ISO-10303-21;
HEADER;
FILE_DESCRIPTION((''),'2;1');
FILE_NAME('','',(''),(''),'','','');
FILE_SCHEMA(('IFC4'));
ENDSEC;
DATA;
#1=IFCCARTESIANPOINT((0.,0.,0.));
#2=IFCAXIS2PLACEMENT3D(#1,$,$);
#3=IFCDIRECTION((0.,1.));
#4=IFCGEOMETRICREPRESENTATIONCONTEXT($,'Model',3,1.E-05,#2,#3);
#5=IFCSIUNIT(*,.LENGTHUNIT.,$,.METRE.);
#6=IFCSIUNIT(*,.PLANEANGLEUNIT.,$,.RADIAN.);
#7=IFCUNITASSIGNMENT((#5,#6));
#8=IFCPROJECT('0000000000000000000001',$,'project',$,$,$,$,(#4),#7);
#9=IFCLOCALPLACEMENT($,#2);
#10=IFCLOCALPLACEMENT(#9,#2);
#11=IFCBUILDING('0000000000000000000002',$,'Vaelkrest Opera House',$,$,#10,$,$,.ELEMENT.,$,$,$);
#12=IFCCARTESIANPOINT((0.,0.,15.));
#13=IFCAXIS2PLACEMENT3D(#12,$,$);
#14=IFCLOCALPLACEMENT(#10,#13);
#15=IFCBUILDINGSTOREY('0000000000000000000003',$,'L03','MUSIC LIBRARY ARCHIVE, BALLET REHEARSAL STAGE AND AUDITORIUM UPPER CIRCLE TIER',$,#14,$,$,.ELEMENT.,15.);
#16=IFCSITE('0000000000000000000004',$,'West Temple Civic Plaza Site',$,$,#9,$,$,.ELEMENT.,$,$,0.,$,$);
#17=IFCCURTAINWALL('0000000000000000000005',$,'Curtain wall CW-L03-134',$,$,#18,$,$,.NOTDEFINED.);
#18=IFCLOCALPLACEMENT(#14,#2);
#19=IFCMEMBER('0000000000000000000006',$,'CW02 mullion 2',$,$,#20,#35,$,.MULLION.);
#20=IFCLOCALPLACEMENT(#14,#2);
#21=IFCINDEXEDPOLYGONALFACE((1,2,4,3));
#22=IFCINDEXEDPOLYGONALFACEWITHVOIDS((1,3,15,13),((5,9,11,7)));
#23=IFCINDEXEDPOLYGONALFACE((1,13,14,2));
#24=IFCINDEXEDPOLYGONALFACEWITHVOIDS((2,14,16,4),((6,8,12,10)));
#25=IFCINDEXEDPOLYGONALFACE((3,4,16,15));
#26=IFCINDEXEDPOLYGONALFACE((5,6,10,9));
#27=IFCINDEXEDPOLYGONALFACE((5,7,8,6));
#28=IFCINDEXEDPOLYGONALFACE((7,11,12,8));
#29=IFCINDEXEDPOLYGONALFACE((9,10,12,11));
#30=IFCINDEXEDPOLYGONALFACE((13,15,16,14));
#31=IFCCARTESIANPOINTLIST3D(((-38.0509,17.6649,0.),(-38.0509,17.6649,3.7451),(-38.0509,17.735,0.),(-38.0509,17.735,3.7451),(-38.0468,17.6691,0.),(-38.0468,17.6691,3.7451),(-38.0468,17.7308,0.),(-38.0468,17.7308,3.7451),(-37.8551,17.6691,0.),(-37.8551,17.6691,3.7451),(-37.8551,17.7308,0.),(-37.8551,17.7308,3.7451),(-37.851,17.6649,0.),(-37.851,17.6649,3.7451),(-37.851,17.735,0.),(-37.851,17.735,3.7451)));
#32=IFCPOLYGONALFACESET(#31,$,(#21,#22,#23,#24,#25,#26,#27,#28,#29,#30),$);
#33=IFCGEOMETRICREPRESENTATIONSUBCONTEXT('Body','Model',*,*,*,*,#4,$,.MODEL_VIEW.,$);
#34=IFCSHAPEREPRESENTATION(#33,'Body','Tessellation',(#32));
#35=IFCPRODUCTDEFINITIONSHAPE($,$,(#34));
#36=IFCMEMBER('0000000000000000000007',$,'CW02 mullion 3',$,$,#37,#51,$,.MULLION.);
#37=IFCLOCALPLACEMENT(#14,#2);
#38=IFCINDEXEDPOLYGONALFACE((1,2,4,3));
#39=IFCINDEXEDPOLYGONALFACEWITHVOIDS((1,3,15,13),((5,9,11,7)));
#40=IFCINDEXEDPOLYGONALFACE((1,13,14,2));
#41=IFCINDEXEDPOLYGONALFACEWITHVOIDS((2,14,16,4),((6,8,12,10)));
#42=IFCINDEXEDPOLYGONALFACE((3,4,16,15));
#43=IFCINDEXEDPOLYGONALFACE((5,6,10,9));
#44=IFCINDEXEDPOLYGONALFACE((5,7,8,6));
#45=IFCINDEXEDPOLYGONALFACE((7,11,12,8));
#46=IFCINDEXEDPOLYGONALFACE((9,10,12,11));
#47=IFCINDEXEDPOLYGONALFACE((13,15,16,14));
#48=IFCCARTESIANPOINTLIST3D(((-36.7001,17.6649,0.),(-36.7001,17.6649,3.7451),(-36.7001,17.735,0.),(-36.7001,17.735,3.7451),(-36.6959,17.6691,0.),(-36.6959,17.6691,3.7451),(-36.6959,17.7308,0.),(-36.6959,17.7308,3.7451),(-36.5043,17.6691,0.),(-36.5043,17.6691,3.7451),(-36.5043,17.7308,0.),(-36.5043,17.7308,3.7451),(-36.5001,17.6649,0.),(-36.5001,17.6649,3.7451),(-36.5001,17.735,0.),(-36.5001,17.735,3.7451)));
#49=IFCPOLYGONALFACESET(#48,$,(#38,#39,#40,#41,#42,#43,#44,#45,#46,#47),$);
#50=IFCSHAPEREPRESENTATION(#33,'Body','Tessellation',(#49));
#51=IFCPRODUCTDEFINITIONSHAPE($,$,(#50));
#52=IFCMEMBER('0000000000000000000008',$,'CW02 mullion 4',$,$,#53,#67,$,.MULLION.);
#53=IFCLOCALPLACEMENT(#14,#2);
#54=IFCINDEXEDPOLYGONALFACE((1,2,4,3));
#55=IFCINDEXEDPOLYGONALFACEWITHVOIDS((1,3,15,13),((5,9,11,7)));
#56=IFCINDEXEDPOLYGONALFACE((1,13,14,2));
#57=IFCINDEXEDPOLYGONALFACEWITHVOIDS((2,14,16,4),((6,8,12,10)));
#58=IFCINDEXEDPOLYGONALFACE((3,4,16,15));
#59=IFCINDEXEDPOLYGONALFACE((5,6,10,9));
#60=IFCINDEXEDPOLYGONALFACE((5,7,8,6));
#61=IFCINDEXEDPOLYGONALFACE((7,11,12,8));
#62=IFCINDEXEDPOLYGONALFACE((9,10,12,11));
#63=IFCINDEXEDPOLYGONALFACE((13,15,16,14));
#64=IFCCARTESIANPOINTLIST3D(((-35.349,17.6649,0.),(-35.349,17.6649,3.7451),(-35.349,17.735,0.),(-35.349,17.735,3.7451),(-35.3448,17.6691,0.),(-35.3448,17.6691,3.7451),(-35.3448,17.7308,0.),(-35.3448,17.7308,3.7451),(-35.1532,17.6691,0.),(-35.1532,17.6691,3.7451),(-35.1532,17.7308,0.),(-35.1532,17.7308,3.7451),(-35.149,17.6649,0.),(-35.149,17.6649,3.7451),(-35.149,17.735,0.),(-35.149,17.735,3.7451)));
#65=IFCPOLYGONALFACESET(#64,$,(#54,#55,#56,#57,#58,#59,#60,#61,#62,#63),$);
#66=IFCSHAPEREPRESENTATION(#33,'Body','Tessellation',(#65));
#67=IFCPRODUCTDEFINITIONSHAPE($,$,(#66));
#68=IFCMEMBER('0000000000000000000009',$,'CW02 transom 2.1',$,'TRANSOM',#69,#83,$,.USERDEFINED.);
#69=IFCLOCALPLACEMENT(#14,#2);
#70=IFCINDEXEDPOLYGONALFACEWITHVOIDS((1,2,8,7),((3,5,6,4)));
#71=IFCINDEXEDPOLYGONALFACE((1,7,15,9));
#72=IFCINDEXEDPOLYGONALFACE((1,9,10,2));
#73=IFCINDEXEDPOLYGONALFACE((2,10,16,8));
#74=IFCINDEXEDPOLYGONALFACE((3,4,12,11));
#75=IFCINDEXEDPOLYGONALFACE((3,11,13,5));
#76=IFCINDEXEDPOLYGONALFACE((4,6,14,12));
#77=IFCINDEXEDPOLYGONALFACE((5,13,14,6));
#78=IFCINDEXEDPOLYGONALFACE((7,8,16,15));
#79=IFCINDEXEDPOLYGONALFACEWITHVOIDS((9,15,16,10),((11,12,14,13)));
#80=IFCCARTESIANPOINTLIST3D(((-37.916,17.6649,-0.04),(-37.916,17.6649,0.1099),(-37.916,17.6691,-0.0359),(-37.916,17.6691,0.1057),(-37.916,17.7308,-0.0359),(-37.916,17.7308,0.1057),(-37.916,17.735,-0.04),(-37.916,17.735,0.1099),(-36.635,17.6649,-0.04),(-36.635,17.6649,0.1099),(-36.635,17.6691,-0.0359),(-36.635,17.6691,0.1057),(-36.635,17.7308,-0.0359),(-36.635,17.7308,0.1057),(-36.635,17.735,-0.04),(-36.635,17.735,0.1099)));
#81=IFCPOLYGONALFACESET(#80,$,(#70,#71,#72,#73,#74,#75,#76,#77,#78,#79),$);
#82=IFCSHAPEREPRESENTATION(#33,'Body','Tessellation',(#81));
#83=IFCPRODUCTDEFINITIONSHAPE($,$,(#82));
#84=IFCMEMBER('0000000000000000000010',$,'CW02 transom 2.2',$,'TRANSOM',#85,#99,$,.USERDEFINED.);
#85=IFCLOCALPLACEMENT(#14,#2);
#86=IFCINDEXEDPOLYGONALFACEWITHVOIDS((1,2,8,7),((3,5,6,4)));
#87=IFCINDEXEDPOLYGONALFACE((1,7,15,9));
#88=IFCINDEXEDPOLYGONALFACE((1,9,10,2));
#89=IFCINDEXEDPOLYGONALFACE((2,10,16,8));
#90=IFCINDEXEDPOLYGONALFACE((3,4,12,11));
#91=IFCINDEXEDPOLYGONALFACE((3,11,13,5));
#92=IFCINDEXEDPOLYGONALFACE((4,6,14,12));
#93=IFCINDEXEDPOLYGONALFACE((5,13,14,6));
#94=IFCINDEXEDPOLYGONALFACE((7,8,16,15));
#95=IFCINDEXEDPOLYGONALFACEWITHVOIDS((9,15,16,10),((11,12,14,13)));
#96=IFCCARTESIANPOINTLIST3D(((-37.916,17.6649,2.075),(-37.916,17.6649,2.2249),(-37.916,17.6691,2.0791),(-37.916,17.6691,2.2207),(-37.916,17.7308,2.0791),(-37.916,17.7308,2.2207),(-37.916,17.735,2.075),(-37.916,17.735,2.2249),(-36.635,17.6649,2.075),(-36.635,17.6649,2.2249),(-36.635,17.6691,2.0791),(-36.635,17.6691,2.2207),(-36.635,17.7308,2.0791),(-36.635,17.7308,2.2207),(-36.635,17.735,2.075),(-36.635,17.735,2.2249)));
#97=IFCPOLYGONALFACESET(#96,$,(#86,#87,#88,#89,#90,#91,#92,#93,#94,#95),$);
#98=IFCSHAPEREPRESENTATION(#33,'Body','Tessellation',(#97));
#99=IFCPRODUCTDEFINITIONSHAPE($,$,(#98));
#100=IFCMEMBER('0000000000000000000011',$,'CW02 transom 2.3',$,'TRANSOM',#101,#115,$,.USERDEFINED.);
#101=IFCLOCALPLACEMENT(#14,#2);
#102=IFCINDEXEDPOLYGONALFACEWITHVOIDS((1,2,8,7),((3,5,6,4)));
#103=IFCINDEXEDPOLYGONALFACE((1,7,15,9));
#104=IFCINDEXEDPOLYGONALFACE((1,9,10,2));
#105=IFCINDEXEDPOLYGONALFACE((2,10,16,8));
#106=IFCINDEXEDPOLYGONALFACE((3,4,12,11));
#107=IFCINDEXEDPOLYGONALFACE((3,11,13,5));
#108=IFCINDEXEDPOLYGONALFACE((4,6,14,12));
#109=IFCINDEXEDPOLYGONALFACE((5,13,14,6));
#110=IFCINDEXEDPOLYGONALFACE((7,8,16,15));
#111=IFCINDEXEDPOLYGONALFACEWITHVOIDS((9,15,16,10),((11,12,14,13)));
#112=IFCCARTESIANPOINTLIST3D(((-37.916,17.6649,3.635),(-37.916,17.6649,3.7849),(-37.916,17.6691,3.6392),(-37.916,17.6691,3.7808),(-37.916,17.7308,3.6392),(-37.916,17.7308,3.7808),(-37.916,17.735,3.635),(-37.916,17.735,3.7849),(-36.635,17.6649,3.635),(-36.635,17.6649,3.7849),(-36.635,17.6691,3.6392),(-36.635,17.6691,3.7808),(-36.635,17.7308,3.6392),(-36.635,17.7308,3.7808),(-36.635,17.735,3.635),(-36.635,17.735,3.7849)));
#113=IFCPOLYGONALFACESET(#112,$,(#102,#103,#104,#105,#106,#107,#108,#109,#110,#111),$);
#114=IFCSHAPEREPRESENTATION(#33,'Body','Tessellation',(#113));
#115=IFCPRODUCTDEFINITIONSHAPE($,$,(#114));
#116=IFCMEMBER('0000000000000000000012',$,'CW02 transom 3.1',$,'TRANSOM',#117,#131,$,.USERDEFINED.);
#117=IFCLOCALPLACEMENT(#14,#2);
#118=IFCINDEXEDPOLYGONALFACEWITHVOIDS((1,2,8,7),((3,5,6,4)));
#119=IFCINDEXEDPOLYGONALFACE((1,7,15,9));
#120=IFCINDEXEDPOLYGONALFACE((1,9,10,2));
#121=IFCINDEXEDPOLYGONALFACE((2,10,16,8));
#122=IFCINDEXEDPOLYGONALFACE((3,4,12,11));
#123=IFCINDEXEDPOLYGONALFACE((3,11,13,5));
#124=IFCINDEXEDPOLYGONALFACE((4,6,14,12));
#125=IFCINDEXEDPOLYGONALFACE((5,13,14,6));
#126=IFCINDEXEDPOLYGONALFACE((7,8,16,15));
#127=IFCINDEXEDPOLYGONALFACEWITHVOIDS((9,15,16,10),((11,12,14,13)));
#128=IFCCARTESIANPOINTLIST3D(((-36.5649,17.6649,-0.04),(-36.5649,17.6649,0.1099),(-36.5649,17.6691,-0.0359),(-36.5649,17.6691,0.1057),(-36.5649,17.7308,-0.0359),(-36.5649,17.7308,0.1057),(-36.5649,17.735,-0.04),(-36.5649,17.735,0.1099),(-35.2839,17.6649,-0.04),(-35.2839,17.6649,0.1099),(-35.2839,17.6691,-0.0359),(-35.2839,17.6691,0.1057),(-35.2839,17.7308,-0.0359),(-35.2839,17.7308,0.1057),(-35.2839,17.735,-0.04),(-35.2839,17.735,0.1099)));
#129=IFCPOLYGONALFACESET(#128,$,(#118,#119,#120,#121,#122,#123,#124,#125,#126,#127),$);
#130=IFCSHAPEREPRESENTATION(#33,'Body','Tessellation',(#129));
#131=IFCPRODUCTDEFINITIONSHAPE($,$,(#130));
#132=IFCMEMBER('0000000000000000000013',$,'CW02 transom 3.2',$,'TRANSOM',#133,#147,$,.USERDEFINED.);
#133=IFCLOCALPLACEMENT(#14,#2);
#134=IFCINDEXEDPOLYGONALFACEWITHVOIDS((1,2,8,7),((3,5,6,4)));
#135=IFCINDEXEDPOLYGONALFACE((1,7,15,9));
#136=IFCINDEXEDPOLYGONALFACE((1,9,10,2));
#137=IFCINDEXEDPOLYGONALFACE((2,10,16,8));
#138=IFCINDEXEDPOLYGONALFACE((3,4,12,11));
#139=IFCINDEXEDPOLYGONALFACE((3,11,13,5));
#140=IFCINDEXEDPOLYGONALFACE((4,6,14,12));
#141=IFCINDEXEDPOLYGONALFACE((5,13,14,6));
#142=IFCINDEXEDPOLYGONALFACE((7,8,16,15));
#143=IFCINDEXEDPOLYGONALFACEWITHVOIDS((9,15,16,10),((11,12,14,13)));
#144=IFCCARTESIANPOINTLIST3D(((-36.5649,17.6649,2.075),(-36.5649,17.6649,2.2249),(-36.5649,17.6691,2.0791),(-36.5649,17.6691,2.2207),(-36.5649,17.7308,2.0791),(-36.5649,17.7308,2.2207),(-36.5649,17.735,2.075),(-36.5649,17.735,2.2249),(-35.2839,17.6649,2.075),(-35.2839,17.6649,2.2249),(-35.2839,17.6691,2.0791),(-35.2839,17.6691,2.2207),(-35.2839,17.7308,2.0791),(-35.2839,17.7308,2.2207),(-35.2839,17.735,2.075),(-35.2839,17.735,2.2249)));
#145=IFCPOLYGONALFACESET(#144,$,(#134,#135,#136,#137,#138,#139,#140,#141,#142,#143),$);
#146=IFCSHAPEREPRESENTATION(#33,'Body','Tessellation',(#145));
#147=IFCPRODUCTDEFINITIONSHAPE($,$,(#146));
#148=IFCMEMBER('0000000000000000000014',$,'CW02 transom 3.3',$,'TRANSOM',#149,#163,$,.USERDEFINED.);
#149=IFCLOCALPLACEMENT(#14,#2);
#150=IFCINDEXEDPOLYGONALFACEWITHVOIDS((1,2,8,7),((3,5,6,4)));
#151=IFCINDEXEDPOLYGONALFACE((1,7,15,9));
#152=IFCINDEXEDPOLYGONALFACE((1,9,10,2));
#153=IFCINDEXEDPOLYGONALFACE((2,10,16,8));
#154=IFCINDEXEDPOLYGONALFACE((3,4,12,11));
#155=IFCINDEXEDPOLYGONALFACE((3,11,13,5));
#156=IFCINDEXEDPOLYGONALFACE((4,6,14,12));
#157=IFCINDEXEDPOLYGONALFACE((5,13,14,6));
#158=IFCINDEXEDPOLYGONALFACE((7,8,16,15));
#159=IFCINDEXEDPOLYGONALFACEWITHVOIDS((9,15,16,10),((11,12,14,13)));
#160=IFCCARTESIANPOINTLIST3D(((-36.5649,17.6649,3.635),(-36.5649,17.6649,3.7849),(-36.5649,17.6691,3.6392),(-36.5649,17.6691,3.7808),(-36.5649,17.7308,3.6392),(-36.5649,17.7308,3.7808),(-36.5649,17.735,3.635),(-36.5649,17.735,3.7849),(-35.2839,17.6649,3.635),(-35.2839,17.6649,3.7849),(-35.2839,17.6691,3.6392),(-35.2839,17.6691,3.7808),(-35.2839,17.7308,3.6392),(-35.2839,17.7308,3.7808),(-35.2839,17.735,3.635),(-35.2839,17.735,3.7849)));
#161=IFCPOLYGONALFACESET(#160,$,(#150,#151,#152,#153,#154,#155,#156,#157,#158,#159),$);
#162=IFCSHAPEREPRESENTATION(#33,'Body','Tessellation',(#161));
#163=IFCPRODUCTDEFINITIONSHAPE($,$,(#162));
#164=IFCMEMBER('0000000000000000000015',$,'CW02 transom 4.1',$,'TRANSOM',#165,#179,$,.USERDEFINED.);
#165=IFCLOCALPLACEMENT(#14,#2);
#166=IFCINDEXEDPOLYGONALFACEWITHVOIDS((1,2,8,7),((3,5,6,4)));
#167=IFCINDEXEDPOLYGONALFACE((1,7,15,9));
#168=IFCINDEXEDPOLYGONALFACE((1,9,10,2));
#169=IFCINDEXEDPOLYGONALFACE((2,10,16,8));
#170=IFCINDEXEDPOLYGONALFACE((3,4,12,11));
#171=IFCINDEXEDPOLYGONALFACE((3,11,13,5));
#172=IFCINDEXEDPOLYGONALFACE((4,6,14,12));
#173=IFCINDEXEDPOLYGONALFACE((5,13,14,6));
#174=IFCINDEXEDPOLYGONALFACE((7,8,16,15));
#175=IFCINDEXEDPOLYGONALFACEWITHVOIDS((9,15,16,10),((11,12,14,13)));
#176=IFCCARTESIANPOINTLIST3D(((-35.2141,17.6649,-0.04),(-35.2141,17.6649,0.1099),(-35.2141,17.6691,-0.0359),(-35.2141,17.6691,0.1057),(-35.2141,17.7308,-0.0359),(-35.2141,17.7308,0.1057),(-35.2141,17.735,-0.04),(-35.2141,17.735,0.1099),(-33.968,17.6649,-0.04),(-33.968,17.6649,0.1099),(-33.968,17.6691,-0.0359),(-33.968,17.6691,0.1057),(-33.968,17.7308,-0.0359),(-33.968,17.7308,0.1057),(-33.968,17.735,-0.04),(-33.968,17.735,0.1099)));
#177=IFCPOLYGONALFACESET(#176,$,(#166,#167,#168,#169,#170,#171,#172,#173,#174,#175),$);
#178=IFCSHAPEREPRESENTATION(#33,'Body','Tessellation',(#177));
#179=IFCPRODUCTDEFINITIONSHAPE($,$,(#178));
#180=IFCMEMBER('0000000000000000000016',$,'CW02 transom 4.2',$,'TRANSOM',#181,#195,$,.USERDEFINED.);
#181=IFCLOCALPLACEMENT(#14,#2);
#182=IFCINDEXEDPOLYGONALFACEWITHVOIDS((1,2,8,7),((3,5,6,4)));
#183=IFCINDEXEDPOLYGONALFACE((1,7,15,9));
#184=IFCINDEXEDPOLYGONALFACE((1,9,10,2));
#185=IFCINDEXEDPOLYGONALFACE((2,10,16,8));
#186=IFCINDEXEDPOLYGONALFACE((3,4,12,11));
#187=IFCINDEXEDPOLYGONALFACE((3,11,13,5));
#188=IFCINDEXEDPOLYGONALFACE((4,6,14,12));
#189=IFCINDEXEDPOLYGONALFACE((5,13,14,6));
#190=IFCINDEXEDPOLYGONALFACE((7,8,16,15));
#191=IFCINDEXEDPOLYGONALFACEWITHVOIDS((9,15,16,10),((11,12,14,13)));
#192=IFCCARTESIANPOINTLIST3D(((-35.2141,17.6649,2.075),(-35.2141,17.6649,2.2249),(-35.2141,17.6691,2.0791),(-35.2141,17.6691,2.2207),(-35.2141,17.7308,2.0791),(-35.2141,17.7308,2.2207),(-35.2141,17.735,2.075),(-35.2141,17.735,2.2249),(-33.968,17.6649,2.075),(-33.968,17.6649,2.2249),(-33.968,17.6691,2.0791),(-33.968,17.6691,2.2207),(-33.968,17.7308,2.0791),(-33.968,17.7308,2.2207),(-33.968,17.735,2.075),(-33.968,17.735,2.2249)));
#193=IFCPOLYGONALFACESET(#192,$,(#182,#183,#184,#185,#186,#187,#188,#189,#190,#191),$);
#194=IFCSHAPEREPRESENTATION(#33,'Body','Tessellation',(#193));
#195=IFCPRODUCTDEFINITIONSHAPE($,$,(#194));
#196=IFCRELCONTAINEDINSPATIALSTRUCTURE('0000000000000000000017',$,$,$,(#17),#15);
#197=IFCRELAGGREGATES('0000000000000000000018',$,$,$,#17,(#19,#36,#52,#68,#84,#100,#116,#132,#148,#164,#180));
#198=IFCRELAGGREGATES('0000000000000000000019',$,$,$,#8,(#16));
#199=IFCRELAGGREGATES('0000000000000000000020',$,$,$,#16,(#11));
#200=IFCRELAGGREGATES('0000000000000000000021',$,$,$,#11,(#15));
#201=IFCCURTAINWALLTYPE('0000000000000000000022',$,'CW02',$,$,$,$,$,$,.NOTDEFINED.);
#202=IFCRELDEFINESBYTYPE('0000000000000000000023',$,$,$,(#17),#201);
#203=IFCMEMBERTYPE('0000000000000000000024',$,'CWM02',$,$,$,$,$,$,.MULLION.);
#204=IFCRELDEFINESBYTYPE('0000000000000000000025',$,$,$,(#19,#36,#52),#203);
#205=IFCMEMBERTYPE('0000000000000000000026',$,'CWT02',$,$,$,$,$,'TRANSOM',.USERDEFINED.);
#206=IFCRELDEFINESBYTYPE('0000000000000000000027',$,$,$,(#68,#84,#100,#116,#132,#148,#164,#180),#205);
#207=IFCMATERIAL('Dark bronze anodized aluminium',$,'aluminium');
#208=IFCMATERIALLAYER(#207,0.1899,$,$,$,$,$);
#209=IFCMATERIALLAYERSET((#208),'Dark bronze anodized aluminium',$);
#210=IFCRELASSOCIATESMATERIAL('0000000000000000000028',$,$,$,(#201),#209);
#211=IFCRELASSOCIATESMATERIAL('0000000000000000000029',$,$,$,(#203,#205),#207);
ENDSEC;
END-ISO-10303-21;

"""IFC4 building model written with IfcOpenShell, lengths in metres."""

from ifc_helpers import new_model, si_unit, direction, frame, origin, origin_2d, place, context, subcontext, project, spatial, hollow_rectangle, extrude, material, layer, layer_set, material_profile, profile_set, type_object, element, aggregate, save


model = new_model("IFC4")

# Units and contexts
model_context = context("Model", 3, precision=1e-05, world=origin(), true_north=direction((0.0, 1.0)))
body_context = subcontext(model_context, "Body", "Model", "MODEL_VIEW")
ifc_project = project(units=[si_unit("LENGTHUNIT", "METRE"), si_unit("PLANEANGLEUNIT", "RADIAN")], contexts=[model_context])

# Site, building, storey
site_placement = place(None, origin())
site = spatial("IfcSite", under=ifc_project, at=site_placement, Name="West Temple Civic Plaza Site", CompositionType="ELEMENT", RefElevation=0.0)
building_placement = place(site_placement, origin())
building = spatial("IfcBuilding", under=site, at=building_placement, Name="Vaelkrest Opera House", CompositionType="ELEMENT")
storey_placement = place(building_placement, frame((0.0, 0.0, 15.0)))
storey = spatial("IfcBuildingStorey", under=building, at=storey_placement, Name="L03", Description="MUSIC LIBRARY ARCHIVE, BALLET REHEARSAL STAGE AND AUDITORIUM UPPER CIRCLE TIER", CompositionType="ELEMENT", Elevation=15.0)

# Curtain wall, members
ifc_material_1 = material(Name="Dark bronze anodized aluminium", Category="aluminium")
ifc_layer_1 = layer(ifc_material_1, 0.1899)
ifc_layer_set_1 = layer_set([ifc_layer_1], Name="Dark bronze anodized aluminium")
curtain_wall_type = type_object("IfcCurtainWallType", Name="CW02", PredefinedType="NOTDEFINED", material=ifc_layer_set_1)
curtain_wall_placement = place(storey_placement, origin())
curtain_wall = element("IfcCurtainWall", 1, at=curtain_wall_placement, inside=storey, type_object=curtain_wall_type, Name="Curtain wall CW-L03-134", PredefinedType="NOTDEFINED")
ifc_material_profile_1 = material_profile(ifc_material_1, hollow_rectangle(XDim=0.0701, YDim=0.2, WallThickness=0.0042, at=origin_2d()), Name="CWM70X200")
ifc_profile_set_1 = profile_set([ifc_material_profile_1], Name="Dark bronze anodized aluminium")
member_type_1 = type_object("IfcMemberType", Name="CWM02", PredefinedType="MULLION", material=ifc_profile_set_1)
member_1_placement = place(storey_placement, frame((-37.9509, 17.7, 0.0), z_axis=(0.0, 0.0, 1.0), x_axis=(0.0, 1.0, 0.0)))
member_1 = element("IfcMember", 2, at=member_1_placement, type_object=member_type_1, Name="CW02 mullion 2", PredefinedType="MULLION", context=body_context, shape_type="SweptSolid", body=[
    extrude(hollow_rectangle(XDim=0.0701, YDim=0.2, WallThickness=0.0042, at=origin_2d()), origin(), (0.0, 0.0, 1.0), 3.7451),
])
member_2_placement = place(storey_placement, frame((-36.6001, 17.7, 0.0), z_axis=(0.0, 0.0, 1.0), x_axis=(0.0, 1.0, 0.0)))
member_2 = element("IfcMember", 3, at=member_2_placement, type_object=member_type_1, Name="CW02 mullion 3", PredefinedType="MULLION", context=body_context, shape_type="SweptSolid", body=[
    extrude(hollow_rectangle(XDim=0.0701, YDim=0.2, WallThickness=0.0042, at=origin_2d()), origin(), (0.0, 0.0, 1.0), 3.7451),
])
member_3_placement = place(storey_placement, frame((-35.249, 17.7, 0.0), z_axis=(0.0, 0.0, 1.0), x_axis=(0.0, 1.0, 0.0)))
member_3 = element("IfcMember", 4, at=member_3_placement, type_object=member_type_1, Name="CW02 mullion 4", PredefinedType="MULLION", context=body_context, shape_type="SweptSolid", body=[
    extrude(hollow_rectangle(XDim=0.0701, YDim=0.2, WallThickness=0.0042, at=origin_2d()), origin(), (0.0, 0.0, 1.0), 3.7451),
])
ifc_material_profile_2 = material_profile(ifc_material_1, hollow_rectangle(XDim=0.0701, YDim=0.1499, WallThickness=0.0042, at=origin_2d()), Name="CWT70X150")
ifc_profile_set_2 = profile_set([ifc_material_profile_2], Name="Dark bronze anodized aluminium")
member_type_2 = type_object("IfcMemberType", Name="CWT02", ElementType="TRANSOM", PredefinedType="USERDEFINED", material=ifc_profile_set_2)
member_4_placement = place(storey_placement, frame((-37.916, 17.7, 0.0349), z_axis=(1.0, 0.0, 0.0), x_axis=(0.0, 1.0, 0.0)))
member_4 = element("IfcMember", 5, at=member_4_placement, type_object=member_type_2, Name="CW02 transom 2.1", ObjectType="TRANSOM", PredefinedType="USERDEFINED", context=body_context, shape_type="SweptSolid", body=[
    extrude(hollow_rectangle(XDim=0.0701, YDim=0.1499, WallThickness=0.0042, at=origin_2d()), origin(), (0.0, 0.0, 1.0), 1.281),
])
member_5_placement = place(storey_placement, frame((-37.916, 17.7, 2.1499), z_axis=(1.0, 0.0, 0.0), x_axis=(0.0, 1.0, 0.0)))
member_5 = element("IfcMember", 6, at=member_5_placement, type_object=member_type_2, Name="CW02 transom 2.2", ObjectType="TRANSOM", PredefinedType="USERDEFINED", context=body_context, shape_type="SweptSolid", body=[
    extrude(hollow_rectangle(XDim=0.0701, YDim=0.1499, WallThickness=0.0042, at=origin_2d()), origin(), (0.0, 0.0, 1.0), 1.281),
])
member_6_placement = place(storey_placement, frame((-37.916, 17.7, 3.71), z_axis=(1.0, 0.0, 0.0), x_axis=(0.0, 1.0, 0.0)))
member_6 = element("IfcMember", 7, at=member_6_placement, type_object=member_type_2, Name="CW02 transom 2.3", ObjectType="TRANSOM", PredefinedType="USERDEFINED", context=body_context, shape_type="SweptSolid", body=[
    extrude(hollow_rectangle(XDim=0.0701, YDim=0.1499, WallThickness=0.0042, at=origin_2d()), origin(), (0.0, 0.0, 1.0), 1.281),
])
member_7_placement = place(storey_placement, frame((-36.5649, 17.7, 0.0349), z_axis=(1.0, 0.0, 0.0), x_axis=(0.0, 1.0, 0.0)))
member_7 = element("IfcMember", 8, at=member_7_placement, type_object=member_type_2, Name="CW02 transom 3.1", ObjectType="TRANSOM", PredefinedType="USERDEFINED", context=body_context, shape_type="SweptSolid", body=[
    extrude(hollow_rectangle(XDim=0.0701, YDim=0.1499, WallThickness=0.0042, at=origin_2d()), origin(), (0.0, 0.0, 1.0), 1.281),
])
member_8_placement = place(storey_placement, frame((-36.5649, 17.7, 2.1499), z_axis=(1.0, 0.0, 0.0), x_axis=(0.0, 1.0, 0.0)))
member_8 = element("IfcMember", 9, at=member_8_placement, type_object=member_type_2, Name="CW02 transom 3.2", ObjectType="TRANSOM", PredefinedType="USERDEFINED", context=body_context, shape_type="SweptSolid", body=[
    extrude(hollow_rectangle(XDim=0.0701, YDim=0.1499, WallThickness=0.0042, at=origin_2d()), origin(), (0.0, 0.0, 1.0), 1.281),
])
member_9_placement = place(storey_placement, frame((-36.5649, 17.7, 3.71), z_axis=(1.0, 0.0, 0.0), x_axis=(0.0, 1.0, 0.0)))
member_9 = element("IfcMember", 10, at=member_9_placement, type_object=member_type_2, Name="CW02 transom 3.3", ObjectType="TRANSOM", PredefinedType="USERDEFINED", context=body_context, shape_type="SweptSolid", body=[
    extrude(hollow_rectangle(XDim=0.0701, YDim=0.1499, WallThickness=0.0042, at=origin_2d()), origin(), (0.0, 0.0, 1.0), 1.281),
])
member_10_placement = place(storey_placement, frame((-35.2141, 17.7, 0.0349), z_axis=(1.0, 0.0, 0.0), x_axis=(0.0, 1.0, 0.0)))
member_10 = element("IfcMember", 11, at=member_10_placement, type_object=member_type_2, Name="CW02 transom 4.1", ObjectType="TRANSOM", PredefinedType="USERDEFINED", context=body_context, shape_type="SweptSolid", body=[
    extrude(hollow_rectangle(XDim=0.0701, YDim=0.1499, WallThickness=0.0042, at=origin_2d()), origin(), (0.0, 0.0, 1.0), 1.2461),
])
member_11_placement = place(storey_placement, frame((-35.2141, 17.7, 2.1499), z_axis=(1.0, 0.0, 0.0), x_axis=(0.0, 1.0, 0.0)))
member_11 = element("IfcMember", 12, at=member_11_placement, type_object=member_type_2, Name="CW02 transom 4.2", ObjectType="TRANSOM", PredefinedType="USERDEFINED", context=body_context, shape_type="SweptSolid", body=[
    extrude(hollow_rectangle(XDim=0.0701, YDim=0.1499, WallThickness=0.0042, at=origin_2d()), origin(), (0.0, 0.0, 1.0), 1.2461),
])

aggregate(curtain_wall, [member_1, member_2, member_3, member_4, member_5, member_6, member_7, member_8, member_9, member_10, member_11])

save(model, "model.ifc")
